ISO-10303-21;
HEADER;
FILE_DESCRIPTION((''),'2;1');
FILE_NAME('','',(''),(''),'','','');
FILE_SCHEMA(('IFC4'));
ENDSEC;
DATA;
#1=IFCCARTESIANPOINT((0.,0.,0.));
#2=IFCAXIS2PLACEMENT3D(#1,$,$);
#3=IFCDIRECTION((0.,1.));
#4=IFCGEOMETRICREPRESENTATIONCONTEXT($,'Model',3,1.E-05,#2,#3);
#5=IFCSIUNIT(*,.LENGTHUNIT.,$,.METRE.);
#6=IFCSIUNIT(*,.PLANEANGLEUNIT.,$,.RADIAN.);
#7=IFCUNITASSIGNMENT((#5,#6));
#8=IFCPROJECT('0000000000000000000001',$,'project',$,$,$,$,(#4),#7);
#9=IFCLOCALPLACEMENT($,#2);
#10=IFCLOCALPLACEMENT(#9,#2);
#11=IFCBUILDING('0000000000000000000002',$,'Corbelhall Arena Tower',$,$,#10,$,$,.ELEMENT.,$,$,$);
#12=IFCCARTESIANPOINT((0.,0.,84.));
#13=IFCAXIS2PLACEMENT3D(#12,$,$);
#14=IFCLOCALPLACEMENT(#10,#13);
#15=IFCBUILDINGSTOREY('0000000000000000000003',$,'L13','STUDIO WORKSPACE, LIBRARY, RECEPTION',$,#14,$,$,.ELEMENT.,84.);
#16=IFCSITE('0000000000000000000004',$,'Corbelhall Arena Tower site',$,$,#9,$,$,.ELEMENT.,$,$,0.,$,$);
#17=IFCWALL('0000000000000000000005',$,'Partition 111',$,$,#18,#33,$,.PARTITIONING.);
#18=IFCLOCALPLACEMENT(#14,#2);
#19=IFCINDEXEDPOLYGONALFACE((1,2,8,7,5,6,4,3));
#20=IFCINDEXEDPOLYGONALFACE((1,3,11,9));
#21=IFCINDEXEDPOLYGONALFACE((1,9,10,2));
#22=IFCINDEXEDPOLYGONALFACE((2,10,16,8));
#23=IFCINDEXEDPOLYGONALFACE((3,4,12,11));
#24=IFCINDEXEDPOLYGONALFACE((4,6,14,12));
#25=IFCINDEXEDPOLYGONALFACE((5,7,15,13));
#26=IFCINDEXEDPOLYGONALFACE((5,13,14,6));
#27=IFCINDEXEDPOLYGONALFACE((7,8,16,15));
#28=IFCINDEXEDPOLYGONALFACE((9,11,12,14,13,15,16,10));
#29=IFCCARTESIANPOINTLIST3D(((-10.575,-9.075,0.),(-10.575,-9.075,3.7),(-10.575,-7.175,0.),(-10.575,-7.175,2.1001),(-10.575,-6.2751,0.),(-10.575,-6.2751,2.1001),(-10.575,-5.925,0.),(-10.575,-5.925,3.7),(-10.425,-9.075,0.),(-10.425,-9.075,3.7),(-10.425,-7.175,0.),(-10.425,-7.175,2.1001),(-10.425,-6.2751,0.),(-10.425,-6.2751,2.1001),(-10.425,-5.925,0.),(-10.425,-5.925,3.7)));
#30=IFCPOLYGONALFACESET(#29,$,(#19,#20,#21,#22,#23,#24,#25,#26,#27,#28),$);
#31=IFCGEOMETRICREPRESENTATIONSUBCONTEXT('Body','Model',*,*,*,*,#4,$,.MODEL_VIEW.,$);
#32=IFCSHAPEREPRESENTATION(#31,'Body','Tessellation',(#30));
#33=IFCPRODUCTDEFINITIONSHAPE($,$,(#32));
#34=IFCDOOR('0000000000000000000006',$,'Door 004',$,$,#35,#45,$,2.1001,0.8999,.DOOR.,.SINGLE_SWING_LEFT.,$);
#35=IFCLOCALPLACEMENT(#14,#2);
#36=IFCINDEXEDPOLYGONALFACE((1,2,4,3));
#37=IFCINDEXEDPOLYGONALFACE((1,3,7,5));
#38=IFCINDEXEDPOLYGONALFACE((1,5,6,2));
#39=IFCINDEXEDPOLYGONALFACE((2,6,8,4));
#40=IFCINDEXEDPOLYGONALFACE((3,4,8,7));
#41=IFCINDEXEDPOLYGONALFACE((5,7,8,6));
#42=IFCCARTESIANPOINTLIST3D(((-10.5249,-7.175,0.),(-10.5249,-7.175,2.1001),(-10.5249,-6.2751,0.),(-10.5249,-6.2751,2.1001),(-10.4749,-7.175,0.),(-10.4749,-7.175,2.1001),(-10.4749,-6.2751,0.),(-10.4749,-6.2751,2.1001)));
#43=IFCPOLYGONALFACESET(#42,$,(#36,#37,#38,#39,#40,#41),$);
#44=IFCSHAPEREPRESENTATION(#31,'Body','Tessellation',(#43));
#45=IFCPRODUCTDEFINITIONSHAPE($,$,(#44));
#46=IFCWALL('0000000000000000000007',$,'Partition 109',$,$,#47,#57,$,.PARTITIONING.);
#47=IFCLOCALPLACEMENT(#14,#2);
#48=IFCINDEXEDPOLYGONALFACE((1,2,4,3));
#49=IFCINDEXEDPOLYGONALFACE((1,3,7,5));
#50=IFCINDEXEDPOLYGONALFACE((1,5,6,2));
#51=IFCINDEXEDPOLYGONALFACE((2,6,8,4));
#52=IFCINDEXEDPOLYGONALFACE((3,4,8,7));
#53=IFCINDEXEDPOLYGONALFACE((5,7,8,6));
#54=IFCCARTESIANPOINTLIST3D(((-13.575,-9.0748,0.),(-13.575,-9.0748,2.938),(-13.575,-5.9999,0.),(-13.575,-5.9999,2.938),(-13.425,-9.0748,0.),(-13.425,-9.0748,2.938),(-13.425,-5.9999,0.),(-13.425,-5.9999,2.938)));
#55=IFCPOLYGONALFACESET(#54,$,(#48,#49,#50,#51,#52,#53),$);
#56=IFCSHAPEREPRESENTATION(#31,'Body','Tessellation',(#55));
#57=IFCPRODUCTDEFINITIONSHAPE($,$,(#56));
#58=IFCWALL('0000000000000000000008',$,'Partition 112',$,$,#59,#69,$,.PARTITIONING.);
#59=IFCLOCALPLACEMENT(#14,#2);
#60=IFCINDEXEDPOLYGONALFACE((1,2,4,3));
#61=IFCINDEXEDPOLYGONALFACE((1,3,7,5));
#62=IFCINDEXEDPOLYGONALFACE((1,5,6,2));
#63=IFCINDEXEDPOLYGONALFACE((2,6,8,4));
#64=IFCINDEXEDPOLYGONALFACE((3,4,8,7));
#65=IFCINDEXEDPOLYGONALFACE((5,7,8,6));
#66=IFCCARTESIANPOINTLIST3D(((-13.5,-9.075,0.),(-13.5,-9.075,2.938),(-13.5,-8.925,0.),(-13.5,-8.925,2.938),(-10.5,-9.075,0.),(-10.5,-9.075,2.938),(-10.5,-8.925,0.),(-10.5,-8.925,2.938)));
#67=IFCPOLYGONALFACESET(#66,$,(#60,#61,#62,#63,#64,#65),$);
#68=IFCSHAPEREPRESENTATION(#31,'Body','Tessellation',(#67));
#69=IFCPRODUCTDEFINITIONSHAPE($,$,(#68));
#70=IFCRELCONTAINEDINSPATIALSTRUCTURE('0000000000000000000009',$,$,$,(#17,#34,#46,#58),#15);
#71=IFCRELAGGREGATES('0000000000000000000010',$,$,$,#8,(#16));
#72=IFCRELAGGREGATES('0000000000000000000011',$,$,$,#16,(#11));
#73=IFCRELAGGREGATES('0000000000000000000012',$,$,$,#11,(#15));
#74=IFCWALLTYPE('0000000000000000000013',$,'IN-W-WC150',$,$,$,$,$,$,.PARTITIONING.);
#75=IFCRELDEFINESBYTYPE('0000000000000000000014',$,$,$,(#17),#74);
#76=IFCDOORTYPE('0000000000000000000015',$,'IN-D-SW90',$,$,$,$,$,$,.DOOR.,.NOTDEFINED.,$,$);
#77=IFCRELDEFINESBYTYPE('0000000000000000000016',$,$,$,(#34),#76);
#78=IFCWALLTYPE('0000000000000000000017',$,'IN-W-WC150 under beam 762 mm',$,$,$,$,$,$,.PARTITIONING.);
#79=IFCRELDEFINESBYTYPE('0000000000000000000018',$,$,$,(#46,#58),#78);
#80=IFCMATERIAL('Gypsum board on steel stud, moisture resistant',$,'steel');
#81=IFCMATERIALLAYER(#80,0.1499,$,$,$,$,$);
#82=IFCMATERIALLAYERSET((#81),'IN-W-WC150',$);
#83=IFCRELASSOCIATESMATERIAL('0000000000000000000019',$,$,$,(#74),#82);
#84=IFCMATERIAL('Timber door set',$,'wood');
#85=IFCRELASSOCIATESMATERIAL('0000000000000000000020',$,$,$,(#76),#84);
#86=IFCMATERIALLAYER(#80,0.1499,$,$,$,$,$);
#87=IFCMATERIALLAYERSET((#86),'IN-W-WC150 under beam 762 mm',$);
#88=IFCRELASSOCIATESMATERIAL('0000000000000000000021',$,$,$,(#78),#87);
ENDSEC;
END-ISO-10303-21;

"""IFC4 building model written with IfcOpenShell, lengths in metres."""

from ifc_helpers import new_model, si_unit, direction, frame, frame_2d, origin, place, context, subcontext, project, spatial, rectangle, extrude, material, layer, layer_set, type_object, element, fill, save


model = new_model("IFC4")

# Units and contexts
model_context = context("Model", 3, precision=1e-05, world=origin(), true_north=direction((0.0, 1.0)))
body_context = subcontext(model_context, "Body", "Model", "MODEL_VIEW")
ifc_project = project(units=[si_unit("LENGTHUNIT", "METRE"), si_unit("PLANEANGLEUNIT", "RADIAN")], contexts=[model_context])

# Site, building, storey
site_placement = place(None, origin())
site = spatial("IfcSite", under=ifc_project, at=site_placement, Name="Corbelhall Arena Tower site", CompositionType="ELEMENT", RefElevation=0.0)
building_placement = place(site_placement, origin())
building = spatial("IfcBuilding", under=site, at=building_placement, Name="Corbelhall Arena Tower", CompositionType="ELEMENT")
storey_placement = place(building_placement, frame((0.0, 0.0, 84.0)))
storey = spatial("IfcBuildingStorey", under=building, at=storey_placement, Name="L13", Description="STUDIO WORKSPACE, LIBRARY, RECEPTION", CompositionType="ELEMENT", Elevation=84.0)

# Wall, opening, door
ifc_material_1 = material(Name="Gypsum board on steel stud, moisture resistant", Category="steel")
ifc_layer_1 = layer(ifc_material_1, 0.1499)
ifc_layer_set_1 = layer_set([ifc_layer_1], Name="IN-W-WC150")
wall_type_1 = type_object("IfcWallType", Name="IN-W-WC150", PredefinedType="PARTITIONING", material=ifc_layer_set_1)
wall_1_placement = place(storey_placement, frame((-10.5, -9.075, 0.0), z_axis=(0.0, 0.0, 1.0), x_axis=(0.0, 1.0, 0.0)))
wall_1 = element("IfcWall", 1, at=wall_1_placement, inside=storey, type_object=wall_type_1, Name="Partition 111", PredefinedType="PARTITIONING", context=body_context, shape_type="SweptSolid", body=[
    extrude(rectangle(XDim=3.1499, YDim=0.1499, at=frame_2d((1.575, 0.0))), origin(), (0.0, 0.0, 1.0), 3.7),
])
opening_1_placement = place(wall_1_placement, frame((1.8999, 0.0, 0.0)))
opening_1 = element("IfcOpeningElement", 2, at=opening_1_placement, cuts=wall_1, PredefinedType="OPENING", context=body_context, shape_type="SweptSolid", body=[
    extrude(rectangle(XDim=0.8999, YDim=2.1001, at=frame_2d((0.45, 1.05))), frame((0.0, 0.075, 0.0), z_axis=(0.0, -1.0, 0.0), x_axis=(1.0, 0.0, 0.0)), (0.0, 0.0, 1.0), 0.1499),
])
ifc_material_2 = material(Name="Timber door set", Category="wood")
door_type_1 = type_object("IfcDoorType", Name="IN-D-SW90", OperationType="NOTDEFINED", PredefinedType="DOOR", material=ifc_material_2)
door_1_placement = place(opening_1_placement, origin())
door_1 = element("IfcDoor", 3, at=door_1_placement, inside=storey, type_object=door_type_1, Name="Door 004", OperationType="SINGLE_SWING_LEFT", OverallHeight=2.1001, OverallWidth=0.8999, PredefinedType="DOOR", context=body_context, shape_type="SweptSolid", body=[
    extrude(rectangle(XDim=0.8999, YDim=2.1001, at=frame_2d((0.45, 1.05))), frame((0.0, 0.0249, 0.0), z_axis=(0.0, -1.0, 0.0), x_axis=(1.0, 0.0, 0.0)), (0.0, 0.0, 1.0), 0.05),
])
fill(opening_1, door_1)

# Walls
ifc_layer_2 = layer(ifc_material_1, 0.1499)
ifc_layer_set_2 = layer_set([ifc_layer_2], Name="IN-W-WC150 under beam 762 mm")
wall_type_2 = type_object("IfcWallType", Name="IN-W-WC150 under beam 762 mm", PredefinedType="PARTITIONING", material=ifc_layer_set_2)
wall_2_placement = place(storey_placement, frame((-13.5, -9.075, 0.0), z_axis=(0.0, 0.0, 1.0), x_axis=(0.0, 1.0, 0.0)))
element("IfcWall", 4, at=wall_2_placement, inside=storey, type_object=wall_type_2, Name="Partition 109", PredefinedType="PARTITIONING", context=body_context, shape_type="SweptSolid", body=[
    extrude(rectangle(XDim=3.075, YDim=0.1499, at=frame_2d((1.5376, 0.0))), origin(), (0.0, 0.0, 1.0), 2.938),
])
wall_3_placement = place(storey_placement, frame((-10.5, -9.0, 0.0), z_axis=(0.0, 0.0, 1.0), x_axis=(-1.0, 0.0, 0.0)))
element("IfcWall", 5, at=wall_3_placement, inside=storey, type_object=wall_type_2, Name="Partition 112", PredefinedType="PARTITIONING", context=body_context, shape_type="SweptSolid", body=[
    extrude(rectangle(XDim=3.0, YDim=0.1499, at=frame_2d((1.5, 0.0))), origin(), (0.0, 0.0, 1.0), 2.938),
])

save(model, "model.ifc")
